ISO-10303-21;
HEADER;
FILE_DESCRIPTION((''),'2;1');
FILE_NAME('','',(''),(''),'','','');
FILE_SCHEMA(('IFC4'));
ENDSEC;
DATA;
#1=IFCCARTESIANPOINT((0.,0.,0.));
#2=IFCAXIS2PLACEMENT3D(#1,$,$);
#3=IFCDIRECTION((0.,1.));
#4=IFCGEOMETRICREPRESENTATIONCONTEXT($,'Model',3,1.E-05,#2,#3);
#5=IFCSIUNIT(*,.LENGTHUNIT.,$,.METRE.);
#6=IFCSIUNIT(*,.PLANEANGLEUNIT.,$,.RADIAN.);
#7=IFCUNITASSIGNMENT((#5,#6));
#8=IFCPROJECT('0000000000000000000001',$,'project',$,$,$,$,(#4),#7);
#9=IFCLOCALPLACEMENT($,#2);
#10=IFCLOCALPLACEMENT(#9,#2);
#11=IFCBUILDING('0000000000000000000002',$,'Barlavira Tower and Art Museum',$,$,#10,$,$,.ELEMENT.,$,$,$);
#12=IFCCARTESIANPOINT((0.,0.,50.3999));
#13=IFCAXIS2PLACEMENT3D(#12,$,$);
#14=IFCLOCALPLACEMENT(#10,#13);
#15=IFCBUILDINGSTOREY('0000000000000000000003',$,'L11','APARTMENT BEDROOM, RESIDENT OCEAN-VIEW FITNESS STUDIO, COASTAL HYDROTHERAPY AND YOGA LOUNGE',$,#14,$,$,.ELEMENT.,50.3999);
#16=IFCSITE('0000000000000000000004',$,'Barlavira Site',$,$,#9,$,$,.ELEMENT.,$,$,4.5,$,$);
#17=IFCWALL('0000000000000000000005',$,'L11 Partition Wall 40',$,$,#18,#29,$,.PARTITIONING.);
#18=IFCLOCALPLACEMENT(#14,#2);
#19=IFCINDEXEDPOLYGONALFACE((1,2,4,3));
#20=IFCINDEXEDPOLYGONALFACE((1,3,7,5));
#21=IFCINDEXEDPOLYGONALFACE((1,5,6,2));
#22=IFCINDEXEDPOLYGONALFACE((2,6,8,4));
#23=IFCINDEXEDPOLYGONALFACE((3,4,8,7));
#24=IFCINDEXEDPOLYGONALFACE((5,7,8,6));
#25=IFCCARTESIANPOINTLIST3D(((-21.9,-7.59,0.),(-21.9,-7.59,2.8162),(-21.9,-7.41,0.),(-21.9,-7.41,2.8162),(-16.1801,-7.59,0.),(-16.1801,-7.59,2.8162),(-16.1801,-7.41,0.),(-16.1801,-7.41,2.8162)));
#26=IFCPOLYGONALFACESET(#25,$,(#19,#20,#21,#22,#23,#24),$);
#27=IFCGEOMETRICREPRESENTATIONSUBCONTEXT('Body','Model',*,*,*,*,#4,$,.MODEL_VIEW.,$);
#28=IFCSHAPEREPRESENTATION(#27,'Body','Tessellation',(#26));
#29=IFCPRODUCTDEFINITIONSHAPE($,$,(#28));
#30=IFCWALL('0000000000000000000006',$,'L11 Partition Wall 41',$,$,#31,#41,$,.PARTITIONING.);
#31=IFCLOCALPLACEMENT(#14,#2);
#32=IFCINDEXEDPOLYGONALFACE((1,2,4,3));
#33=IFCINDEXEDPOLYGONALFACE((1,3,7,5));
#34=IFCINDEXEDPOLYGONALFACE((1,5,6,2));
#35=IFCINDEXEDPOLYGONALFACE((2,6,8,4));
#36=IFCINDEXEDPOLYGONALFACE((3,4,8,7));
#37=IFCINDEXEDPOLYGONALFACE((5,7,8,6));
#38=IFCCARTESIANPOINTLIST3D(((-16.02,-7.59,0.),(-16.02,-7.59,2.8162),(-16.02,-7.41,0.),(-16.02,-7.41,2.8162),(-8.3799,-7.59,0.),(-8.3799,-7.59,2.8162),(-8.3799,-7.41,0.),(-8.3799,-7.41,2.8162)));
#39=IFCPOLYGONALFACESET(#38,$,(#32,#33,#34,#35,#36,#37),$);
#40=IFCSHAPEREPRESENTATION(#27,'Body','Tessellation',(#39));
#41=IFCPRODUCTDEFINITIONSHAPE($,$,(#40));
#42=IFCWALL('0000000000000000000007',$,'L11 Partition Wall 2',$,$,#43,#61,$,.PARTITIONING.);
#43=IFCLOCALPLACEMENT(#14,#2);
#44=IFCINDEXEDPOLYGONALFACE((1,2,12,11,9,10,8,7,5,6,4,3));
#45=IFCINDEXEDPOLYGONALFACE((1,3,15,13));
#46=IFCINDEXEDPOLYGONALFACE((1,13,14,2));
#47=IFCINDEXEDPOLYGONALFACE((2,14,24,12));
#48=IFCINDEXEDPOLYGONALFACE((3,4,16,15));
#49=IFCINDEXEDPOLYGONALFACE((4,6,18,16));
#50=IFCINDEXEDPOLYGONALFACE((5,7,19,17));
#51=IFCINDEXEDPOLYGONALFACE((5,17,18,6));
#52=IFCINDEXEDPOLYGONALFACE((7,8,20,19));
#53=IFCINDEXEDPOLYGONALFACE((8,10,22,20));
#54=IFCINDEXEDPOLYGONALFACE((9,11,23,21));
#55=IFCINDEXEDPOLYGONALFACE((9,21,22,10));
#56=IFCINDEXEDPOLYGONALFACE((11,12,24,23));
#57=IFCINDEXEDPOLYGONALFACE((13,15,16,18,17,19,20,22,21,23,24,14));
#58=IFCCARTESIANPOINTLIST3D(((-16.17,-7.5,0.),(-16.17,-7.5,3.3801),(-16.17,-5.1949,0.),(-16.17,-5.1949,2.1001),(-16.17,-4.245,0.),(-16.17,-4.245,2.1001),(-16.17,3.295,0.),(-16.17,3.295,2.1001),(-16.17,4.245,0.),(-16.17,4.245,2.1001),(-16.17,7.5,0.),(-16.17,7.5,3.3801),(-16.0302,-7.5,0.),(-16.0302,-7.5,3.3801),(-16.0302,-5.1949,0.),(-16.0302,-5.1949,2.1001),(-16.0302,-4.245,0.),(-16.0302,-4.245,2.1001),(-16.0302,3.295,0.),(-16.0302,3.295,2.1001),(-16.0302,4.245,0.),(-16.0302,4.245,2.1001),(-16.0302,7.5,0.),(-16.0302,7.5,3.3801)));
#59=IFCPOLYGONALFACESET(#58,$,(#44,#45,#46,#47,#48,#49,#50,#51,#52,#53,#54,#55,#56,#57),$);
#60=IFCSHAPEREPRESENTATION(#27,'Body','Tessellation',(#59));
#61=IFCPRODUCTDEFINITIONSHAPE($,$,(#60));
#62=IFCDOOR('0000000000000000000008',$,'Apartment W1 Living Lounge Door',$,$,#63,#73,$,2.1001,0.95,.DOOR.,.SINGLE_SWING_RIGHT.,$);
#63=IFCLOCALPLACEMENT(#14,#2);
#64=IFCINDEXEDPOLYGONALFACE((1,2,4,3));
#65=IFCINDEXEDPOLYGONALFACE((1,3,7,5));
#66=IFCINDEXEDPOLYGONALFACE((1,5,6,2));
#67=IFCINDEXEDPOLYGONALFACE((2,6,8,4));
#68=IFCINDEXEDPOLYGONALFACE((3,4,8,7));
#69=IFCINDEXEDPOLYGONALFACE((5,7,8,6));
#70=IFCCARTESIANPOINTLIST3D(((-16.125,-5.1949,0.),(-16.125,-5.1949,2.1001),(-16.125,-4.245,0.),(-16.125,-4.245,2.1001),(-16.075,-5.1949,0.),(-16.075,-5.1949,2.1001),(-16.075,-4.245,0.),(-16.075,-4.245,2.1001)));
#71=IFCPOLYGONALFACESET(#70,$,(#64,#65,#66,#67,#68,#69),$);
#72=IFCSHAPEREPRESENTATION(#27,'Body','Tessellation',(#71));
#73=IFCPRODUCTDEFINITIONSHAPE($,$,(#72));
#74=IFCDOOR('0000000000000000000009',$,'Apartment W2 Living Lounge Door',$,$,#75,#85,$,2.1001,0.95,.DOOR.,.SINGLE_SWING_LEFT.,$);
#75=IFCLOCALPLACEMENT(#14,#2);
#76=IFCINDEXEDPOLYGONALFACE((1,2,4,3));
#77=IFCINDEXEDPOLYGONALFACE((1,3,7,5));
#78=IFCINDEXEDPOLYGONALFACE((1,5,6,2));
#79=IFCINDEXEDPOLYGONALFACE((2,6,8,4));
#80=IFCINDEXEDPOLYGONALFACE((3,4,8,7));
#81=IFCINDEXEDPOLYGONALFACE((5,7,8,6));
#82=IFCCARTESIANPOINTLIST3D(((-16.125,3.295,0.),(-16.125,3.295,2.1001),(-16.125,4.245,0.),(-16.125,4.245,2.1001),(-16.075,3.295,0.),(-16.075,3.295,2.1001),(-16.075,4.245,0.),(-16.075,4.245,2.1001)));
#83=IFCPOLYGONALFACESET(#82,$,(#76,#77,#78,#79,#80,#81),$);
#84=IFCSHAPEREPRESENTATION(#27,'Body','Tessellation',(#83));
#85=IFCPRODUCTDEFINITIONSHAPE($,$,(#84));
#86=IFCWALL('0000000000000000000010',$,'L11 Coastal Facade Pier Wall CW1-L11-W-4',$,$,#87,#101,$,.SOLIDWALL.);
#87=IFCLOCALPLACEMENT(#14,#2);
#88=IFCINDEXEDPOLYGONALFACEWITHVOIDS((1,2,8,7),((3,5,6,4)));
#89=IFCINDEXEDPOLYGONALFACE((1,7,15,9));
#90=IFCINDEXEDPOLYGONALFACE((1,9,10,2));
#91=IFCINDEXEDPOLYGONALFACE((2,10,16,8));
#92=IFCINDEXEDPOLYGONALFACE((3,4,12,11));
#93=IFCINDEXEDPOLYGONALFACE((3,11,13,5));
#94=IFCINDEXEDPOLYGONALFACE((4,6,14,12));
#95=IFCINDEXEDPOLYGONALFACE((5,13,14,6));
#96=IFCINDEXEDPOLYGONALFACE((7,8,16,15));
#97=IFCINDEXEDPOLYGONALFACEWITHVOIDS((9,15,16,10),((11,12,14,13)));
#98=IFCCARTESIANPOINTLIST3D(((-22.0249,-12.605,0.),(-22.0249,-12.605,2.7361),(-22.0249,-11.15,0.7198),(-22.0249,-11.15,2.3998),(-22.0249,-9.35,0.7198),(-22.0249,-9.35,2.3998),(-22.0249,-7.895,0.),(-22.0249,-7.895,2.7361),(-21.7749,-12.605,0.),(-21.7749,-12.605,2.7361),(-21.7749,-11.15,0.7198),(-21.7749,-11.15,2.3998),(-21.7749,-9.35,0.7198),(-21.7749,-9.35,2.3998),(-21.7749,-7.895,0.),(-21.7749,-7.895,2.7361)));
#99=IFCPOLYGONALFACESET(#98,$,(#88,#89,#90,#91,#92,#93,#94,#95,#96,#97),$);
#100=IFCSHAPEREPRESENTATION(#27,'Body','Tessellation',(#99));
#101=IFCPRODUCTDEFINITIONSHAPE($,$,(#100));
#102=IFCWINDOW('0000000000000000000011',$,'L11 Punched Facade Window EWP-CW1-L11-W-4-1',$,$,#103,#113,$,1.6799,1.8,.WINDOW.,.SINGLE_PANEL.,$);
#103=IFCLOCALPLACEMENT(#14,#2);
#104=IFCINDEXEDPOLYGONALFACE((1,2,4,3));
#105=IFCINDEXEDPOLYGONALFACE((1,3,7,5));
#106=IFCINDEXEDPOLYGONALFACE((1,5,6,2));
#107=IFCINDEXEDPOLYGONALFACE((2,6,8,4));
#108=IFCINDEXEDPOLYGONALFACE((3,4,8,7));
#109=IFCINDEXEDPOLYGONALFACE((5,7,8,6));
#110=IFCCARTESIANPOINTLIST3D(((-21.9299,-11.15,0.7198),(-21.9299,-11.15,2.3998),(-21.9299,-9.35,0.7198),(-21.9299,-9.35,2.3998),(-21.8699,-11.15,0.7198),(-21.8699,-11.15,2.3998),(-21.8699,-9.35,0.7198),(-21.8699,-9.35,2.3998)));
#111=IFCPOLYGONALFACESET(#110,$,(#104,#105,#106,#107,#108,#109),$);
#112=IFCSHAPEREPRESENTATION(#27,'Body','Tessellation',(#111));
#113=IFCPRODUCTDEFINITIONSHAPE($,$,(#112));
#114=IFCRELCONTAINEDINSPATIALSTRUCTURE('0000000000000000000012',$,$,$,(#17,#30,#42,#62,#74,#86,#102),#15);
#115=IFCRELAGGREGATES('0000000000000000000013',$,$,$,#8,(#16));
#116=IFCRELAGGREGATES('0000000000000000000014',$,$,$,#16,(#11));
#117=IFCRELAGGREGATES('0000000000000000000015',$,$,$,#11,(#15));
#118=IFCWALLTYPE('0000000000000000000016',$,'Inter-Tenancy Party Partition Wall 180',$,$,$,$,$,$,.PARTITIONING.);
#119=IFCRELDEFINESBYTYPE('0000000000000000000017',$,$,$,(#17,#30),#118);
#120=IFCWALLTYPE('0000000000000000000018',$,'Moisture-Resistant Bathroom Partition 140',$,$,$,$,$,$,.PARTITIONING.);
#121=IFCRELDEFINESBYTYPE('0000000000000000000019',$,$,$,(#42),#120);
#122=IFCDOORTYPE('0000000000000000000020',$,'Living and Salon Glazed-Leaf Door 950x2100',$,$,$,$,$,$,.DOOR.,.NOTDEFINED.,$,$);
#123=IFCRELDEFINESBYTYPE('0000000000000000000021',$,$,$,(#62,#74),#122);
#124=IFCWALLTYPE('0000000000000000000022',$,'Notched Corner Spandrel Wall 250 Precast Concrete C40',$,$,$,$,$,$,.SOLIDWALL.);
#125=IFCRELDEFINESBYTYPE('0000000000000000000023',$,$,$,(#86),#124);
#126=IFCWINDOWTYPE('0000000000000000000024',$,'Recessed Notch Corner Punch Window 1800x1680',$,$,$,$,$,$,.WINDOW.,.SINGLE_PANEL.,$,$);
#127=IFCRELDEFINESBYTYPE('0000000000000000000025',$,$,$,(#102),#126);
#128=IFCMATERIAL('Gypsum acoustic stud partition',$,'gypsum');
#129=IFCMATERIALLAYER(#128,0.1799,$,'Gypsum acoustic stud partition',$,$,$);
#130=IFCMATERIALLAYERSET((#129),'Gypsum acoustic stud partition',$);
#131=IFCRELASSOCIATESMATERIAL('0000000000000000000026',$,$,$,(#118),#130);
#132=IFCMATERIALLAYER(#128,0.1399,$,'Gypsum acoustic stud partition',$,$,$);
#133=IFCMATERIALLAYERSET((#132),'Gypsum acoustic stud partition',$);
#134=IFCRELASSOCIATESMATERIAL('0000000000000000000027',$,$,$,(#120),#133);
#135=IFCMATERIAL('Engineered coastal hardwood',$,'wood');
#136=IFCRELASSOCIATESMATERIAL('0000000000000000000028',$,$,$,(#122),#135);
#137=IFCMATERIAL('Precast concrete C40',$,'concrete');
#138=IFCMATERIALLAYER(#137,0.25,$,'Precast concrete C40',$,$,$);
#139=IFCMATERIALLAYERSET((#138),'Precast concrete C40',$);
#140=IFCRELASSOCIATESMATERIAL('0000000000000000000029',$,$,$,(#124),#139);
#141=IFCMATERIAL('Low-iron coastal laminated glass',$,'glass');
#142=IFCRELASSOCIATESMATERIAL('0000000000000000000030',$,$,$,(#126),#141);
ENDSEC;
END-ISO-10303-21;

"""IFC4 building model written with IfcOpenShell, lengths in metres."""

from ifc_helpers import new_model, si_unit, direction, frame, frame_2d, origin, place, context, subcontext, project, spatial, rectangle, extrude, material, layer, layer_set, type_object, element, fill, save


model = new_model("IFC4")

# Units and contexts
model_context = context("Model", 3, precision=1e-05, world=origin(), true_north=direction((0.0, 1.0)))
body_context = subcontext(model_context, "Body", "Model", "MODEL_VIEW")
ifc_project = project(units=[si_unit("LENGTHUNIT", "METRE"), si_unit("PLANEANGLEUNIT", "RADIAN")], contexts=[model_context])

# Site, building, storey
site_placement = place(None, origin())
site = spatial("IfcSite", under=ifc_project, at=site_placement, Name="Barlavira Site", CompositionType="ELEMENT", RefElevation=4.5)
building_placement = place(site_placement, origin())
building = spatial("IfcBuilding", under=site, at=building_placement, Name="Barlavira Tower and Art Museum", CompositionType="ELEMENT")
storey_placement = place(building_placement, frame((0.0, 0.0, 50.3999)))
storey = spatial("IfcBuildingStorey", under=building, at=storey_placement, Name="L11", Description="APARTMENT BEDROOM, RESIDENT OCEAN-VIEW FITNESS STUDIO, COASTAL HYDROTHERAPY AND YOGA LOUNGE", CompositionType="ELEMENT", Elevation=50.3999)

# Shared definitions
ifc_material_1 = material(Name="Low-iron coastal laminated glass", Category="glass")

# Shared definitions
ifc_material_2 = material(Name="Gypsum acoustic stud partition", Category="gypsum")
ifc_material_3 = material(Name="Engineered coastal hardwood", Category="wood")

# Walls
ifc_layer_1 = layer(ifc_material_2, 0.1799, Name="Gypsum acoustic stud partition")
ifc_layer_set_1 = layer_set([ifc_layer_1], Name="Gypsum acoustic stud partition")
wall_type_1 = type_object("IfcWallType", Name="Inter-Tenancy Party Partition Wall 180", PredefinedType="PARTITIONING", material=ifc_layer_set_1)
wall_1_placement = place(storey_placement, frame((-21.8999, -7.5, 0.0), z_axis=(0.0, 0.0, 1.0), x_axis=(1.0, 0.0, 0.0)))
element("IfcWall", 1, at=wall_1_placement, inside=storey, type_object=wall_type_1, Name="L11 Partition Wall 40", PredefinedType="PARTITIONING", context=body_context, shape_type="SweptSolid", body=[
    extrude(rectangle(XDim=5.72, YDim=0.1799, at=frame_2d((2.8599, 0.0))), origin(), (0.0, 0.0, 1.0), 2.8162),
])
wall_2_placement = place(storey_placement, frame((-16.02, -7.5, 0.0), z_axis=(0.0, 0.0, 1.0), x_axis=(1.0, 0.0, 0.0)))
element("IfcWall", 2, at=wall_2_placement, inside=storey, type_object=wall_type_1, Name="L11 Partition Wall 41", PredefinedType="PARTITIONING", context=body_context, shape_type="SweptSolid", body=[
    extrude(rectangle(XDim=7.6401, YDim=0.1799, at=frame_2d((3.8201, 0.0))), origin(), (0.0, 0.0, 1.0), 2.8162),
])

# Wall, openings, doors
ifc_layer_2 = layer(ifc_material_2, 0.1399, Name="Gypsum acoustic stud partition")
ifc_layer_set_2 = layer_set([ifc_layer_2], Name="Gypsum acoustic stud partition")
wall_type_2 = type_object("IfcWallType", Name="Moisture-Resistant Bathroom Partition 140", PredefinedType="PARTITIONING", material=ifc_layer_set_2)
wall_3_placement = place(storey_placement, frame((-16.1001, -7.5, 0.0), z_axis=(0.0, 0.0, 1.0), x_axis=(0.0, 1.0, 0.0)))
wall_3 = element("IfcWall", 3, at=wall_3_placement, inside=storey, type_object=wall_type_2, Name="L11 Partition Wall 2", PredefinedType="PARTITIONING", context=body_context, shape_type="SweptSolid", body=[
    extrude(rectangle(XDim=15.0, YDim=0.1399, at=frame_2d((7.5, 0.0))), origin(), (0.0, 0.0, 1.0), 3.3801),
])
opening_1_placement = place(wall_3_placement, frame((2.3049, 0.0, 0.0)))
opening_1 = element("IfcOpeningElement", 4, at=opening_1_placement, cuts=wall_3, PredefinedType="OPENING", context=body_context, shape_type="SweptSolid", body=[
    extrude(rectangle(XDim=0.95, YDim=2.1001, at=frame_2d((0.4751, 1.05))), frame((0.0, 0.0801, 0.0), z_axis=(0.0, -1.0, 0.0), x_axis=(1.0, 0.0, 0.0)), (0.0, 0.0, 1.0), 0.1599),
])
opening_2_placement = place(wall_3_placement, frame((10.7949, 0.0, 0.0)))
opening_2 = element("IfcOpeningElement", 5, at=opening_2_placement, cuts=wall_3, PredefinedType="OPENING", context=body_context, shape_type="SweptSolid", body=[
    extrude(rectangle(XDim=0.95, YDim=2.1001, at=frame_2d((0.4751, 1.05))), frame((0.0, 0.0801, 0.0), z_axis=(0.0, -1.0, 0.0), x_axis=(1.0, 0.0, 0.0)), (0.0, 0.0, 1.0), 0.1599),
])
door_type_1 = type_object("IfcDoorType", Name="Living and Salon Glazed-Leaf Door 950x2100", OperationType="NOTDEFINED", PredefinedType="DOOR", material=ifc_material_3)
door_1_placement = place(opening_1_placement, origin())
door_1 = element("IfcDoor", 6, at=door_1_placement, inside=storey, type_object=door_type_1, Name="Apartment W1 Living Lounge Door", OperationType="SINGLE_SWING_RIGHT", OverallHeight=2.1001, OverallWidth=0.95, PredefinedType="DOOR", context=body_context, shape_type="SweptSolid", body=[
    extrude(rectangle(XDim=0.95, YDim=2.1001, at=frame_2d((0.4751, 1.05))), frame((0.0, 0.0249, 0.0), z_axis=(0.0, -1.0, 0.0), x_axis=(1.0, 0.0, 0.0)), (0.0, 0.0, 1.0), 0.05),
])
fill(opening_1, door_1)
door_2_placement = place(opening_2_placement, origin())
door_2 = element("IfcDoor", 7, at=door_2_placement, inside=storey, type_object=door_type_1, Name="Apartment W2 Living Lounge Door", OperationType="SINGLE_SWING_LEFT", OverallHeight=2.1001, OverallWidth=0.95, PredefinedType="DOOR", context=body_context, shape_type="SweptSolid", body=[
    extrude(rectangle(XDim=0.95, YDim=2.1001, at=frame_2d((0.4751, 1.05))), frame((0.0, 0.0249, 0.0), z_axis=(0.0, -1.0, 0.0), x_axis=(1.0, 0.0, 0.0)), (0.0, 0.0, 1.0), 0.05),
])
fill(opening_2, door_2)

# Wall, opening, window
ifc_material_4 = material(Name="Precast concrete C40", Category="concrete")
ifc_layer_3 = layer(ifc_material_4, 0.25, Name="Precast concrete C40")
ifc_layer_set_3 = layer_set([ifc_layer_3], Name="Precast concrete C40")
wall_type_3 = type_object("IfcWallType", Name="Notched Corner Spandrel Wall 250 Precast Concrete C40", PredefinedType="SOLIDWALL", material=ifc_layer_set_3)
wall_4_placement = place(storey_placement, frame((-21.8999, -7.895, 0.0), z_axis=(0.0, 0.0, 1.0), x_axis=(0.0, -1.0, 0.0)))
wall_4 = element("IfcWall", 8, at=wall_4_placement, inside=storey, type_object=wall_type_3, Name="L11 Coastal Facade Pier Wall CW1-L11-W-4", PredefinedType="SOLIDWALL", context=body_context, shape_type="SweptSolid", body=[
    extrude(rectangle(XDim=4.71, YDim=0.25, at=frame_2d((2.355, 0.0))), origin(), (0.0, 0.0, 1.0), 2.7361),
])
opening_3_placement = place(wall_4_placement, frame((1.4551, 0.0, 0.72)))
opening_3 = element("IfcOpeningElement", 9, at=opening_3_placement, cuts=wall_4, PredefinedType="OPENING", context=body_context, shape_type="SweptSolid", body=[
    extrude(rectangle(XDim=1.8, YDim=1.6799, at=frame_2d((0.8999, 0.8398))), frame((0.0, 0.135, 0.0), z_axis=(0.0, -1.0, 0.0), x_axis=(1.0, 0.0, 0.0)), (0.0, 0.0, 1.0), 0.27),
])
window_type = type_object("IfcWindowType", Name="Recessed Notch Corner Punch Window 1800x1680", PartitioningType="SINGLE_PANEL", PredefinedType="WINDOW", material=ifc_material_1)
window_placement = place(opening_3_placement, origin())
window = element("IfcWindow", 10, at=window_placement, inside=storey, type_object=window_type, Name="L11 Punched Facade Window EWP-CW1-L11-W-4-1", OverallHeight=1.6799, OverallWidth=1.8, PartitioningType="SINGLE_PANEL", PredefinedType="WINDOW", context=body_context, shape_type="SweptSolid", body=[
    extrude(rectangle(XDim=1.8, YDim=1.6799, at=frame_2d((0.8999, 0.8398))), frame((0.0, 0.03, 0.0), z_axis=(0.0, -1.0, 0.0), x_axis=(1.0, 0.0, 0.0)), (0.0, 0.0, 1.0), 0.0601),
])
fill(opening_3, window)

save(model, "model.ifc")
